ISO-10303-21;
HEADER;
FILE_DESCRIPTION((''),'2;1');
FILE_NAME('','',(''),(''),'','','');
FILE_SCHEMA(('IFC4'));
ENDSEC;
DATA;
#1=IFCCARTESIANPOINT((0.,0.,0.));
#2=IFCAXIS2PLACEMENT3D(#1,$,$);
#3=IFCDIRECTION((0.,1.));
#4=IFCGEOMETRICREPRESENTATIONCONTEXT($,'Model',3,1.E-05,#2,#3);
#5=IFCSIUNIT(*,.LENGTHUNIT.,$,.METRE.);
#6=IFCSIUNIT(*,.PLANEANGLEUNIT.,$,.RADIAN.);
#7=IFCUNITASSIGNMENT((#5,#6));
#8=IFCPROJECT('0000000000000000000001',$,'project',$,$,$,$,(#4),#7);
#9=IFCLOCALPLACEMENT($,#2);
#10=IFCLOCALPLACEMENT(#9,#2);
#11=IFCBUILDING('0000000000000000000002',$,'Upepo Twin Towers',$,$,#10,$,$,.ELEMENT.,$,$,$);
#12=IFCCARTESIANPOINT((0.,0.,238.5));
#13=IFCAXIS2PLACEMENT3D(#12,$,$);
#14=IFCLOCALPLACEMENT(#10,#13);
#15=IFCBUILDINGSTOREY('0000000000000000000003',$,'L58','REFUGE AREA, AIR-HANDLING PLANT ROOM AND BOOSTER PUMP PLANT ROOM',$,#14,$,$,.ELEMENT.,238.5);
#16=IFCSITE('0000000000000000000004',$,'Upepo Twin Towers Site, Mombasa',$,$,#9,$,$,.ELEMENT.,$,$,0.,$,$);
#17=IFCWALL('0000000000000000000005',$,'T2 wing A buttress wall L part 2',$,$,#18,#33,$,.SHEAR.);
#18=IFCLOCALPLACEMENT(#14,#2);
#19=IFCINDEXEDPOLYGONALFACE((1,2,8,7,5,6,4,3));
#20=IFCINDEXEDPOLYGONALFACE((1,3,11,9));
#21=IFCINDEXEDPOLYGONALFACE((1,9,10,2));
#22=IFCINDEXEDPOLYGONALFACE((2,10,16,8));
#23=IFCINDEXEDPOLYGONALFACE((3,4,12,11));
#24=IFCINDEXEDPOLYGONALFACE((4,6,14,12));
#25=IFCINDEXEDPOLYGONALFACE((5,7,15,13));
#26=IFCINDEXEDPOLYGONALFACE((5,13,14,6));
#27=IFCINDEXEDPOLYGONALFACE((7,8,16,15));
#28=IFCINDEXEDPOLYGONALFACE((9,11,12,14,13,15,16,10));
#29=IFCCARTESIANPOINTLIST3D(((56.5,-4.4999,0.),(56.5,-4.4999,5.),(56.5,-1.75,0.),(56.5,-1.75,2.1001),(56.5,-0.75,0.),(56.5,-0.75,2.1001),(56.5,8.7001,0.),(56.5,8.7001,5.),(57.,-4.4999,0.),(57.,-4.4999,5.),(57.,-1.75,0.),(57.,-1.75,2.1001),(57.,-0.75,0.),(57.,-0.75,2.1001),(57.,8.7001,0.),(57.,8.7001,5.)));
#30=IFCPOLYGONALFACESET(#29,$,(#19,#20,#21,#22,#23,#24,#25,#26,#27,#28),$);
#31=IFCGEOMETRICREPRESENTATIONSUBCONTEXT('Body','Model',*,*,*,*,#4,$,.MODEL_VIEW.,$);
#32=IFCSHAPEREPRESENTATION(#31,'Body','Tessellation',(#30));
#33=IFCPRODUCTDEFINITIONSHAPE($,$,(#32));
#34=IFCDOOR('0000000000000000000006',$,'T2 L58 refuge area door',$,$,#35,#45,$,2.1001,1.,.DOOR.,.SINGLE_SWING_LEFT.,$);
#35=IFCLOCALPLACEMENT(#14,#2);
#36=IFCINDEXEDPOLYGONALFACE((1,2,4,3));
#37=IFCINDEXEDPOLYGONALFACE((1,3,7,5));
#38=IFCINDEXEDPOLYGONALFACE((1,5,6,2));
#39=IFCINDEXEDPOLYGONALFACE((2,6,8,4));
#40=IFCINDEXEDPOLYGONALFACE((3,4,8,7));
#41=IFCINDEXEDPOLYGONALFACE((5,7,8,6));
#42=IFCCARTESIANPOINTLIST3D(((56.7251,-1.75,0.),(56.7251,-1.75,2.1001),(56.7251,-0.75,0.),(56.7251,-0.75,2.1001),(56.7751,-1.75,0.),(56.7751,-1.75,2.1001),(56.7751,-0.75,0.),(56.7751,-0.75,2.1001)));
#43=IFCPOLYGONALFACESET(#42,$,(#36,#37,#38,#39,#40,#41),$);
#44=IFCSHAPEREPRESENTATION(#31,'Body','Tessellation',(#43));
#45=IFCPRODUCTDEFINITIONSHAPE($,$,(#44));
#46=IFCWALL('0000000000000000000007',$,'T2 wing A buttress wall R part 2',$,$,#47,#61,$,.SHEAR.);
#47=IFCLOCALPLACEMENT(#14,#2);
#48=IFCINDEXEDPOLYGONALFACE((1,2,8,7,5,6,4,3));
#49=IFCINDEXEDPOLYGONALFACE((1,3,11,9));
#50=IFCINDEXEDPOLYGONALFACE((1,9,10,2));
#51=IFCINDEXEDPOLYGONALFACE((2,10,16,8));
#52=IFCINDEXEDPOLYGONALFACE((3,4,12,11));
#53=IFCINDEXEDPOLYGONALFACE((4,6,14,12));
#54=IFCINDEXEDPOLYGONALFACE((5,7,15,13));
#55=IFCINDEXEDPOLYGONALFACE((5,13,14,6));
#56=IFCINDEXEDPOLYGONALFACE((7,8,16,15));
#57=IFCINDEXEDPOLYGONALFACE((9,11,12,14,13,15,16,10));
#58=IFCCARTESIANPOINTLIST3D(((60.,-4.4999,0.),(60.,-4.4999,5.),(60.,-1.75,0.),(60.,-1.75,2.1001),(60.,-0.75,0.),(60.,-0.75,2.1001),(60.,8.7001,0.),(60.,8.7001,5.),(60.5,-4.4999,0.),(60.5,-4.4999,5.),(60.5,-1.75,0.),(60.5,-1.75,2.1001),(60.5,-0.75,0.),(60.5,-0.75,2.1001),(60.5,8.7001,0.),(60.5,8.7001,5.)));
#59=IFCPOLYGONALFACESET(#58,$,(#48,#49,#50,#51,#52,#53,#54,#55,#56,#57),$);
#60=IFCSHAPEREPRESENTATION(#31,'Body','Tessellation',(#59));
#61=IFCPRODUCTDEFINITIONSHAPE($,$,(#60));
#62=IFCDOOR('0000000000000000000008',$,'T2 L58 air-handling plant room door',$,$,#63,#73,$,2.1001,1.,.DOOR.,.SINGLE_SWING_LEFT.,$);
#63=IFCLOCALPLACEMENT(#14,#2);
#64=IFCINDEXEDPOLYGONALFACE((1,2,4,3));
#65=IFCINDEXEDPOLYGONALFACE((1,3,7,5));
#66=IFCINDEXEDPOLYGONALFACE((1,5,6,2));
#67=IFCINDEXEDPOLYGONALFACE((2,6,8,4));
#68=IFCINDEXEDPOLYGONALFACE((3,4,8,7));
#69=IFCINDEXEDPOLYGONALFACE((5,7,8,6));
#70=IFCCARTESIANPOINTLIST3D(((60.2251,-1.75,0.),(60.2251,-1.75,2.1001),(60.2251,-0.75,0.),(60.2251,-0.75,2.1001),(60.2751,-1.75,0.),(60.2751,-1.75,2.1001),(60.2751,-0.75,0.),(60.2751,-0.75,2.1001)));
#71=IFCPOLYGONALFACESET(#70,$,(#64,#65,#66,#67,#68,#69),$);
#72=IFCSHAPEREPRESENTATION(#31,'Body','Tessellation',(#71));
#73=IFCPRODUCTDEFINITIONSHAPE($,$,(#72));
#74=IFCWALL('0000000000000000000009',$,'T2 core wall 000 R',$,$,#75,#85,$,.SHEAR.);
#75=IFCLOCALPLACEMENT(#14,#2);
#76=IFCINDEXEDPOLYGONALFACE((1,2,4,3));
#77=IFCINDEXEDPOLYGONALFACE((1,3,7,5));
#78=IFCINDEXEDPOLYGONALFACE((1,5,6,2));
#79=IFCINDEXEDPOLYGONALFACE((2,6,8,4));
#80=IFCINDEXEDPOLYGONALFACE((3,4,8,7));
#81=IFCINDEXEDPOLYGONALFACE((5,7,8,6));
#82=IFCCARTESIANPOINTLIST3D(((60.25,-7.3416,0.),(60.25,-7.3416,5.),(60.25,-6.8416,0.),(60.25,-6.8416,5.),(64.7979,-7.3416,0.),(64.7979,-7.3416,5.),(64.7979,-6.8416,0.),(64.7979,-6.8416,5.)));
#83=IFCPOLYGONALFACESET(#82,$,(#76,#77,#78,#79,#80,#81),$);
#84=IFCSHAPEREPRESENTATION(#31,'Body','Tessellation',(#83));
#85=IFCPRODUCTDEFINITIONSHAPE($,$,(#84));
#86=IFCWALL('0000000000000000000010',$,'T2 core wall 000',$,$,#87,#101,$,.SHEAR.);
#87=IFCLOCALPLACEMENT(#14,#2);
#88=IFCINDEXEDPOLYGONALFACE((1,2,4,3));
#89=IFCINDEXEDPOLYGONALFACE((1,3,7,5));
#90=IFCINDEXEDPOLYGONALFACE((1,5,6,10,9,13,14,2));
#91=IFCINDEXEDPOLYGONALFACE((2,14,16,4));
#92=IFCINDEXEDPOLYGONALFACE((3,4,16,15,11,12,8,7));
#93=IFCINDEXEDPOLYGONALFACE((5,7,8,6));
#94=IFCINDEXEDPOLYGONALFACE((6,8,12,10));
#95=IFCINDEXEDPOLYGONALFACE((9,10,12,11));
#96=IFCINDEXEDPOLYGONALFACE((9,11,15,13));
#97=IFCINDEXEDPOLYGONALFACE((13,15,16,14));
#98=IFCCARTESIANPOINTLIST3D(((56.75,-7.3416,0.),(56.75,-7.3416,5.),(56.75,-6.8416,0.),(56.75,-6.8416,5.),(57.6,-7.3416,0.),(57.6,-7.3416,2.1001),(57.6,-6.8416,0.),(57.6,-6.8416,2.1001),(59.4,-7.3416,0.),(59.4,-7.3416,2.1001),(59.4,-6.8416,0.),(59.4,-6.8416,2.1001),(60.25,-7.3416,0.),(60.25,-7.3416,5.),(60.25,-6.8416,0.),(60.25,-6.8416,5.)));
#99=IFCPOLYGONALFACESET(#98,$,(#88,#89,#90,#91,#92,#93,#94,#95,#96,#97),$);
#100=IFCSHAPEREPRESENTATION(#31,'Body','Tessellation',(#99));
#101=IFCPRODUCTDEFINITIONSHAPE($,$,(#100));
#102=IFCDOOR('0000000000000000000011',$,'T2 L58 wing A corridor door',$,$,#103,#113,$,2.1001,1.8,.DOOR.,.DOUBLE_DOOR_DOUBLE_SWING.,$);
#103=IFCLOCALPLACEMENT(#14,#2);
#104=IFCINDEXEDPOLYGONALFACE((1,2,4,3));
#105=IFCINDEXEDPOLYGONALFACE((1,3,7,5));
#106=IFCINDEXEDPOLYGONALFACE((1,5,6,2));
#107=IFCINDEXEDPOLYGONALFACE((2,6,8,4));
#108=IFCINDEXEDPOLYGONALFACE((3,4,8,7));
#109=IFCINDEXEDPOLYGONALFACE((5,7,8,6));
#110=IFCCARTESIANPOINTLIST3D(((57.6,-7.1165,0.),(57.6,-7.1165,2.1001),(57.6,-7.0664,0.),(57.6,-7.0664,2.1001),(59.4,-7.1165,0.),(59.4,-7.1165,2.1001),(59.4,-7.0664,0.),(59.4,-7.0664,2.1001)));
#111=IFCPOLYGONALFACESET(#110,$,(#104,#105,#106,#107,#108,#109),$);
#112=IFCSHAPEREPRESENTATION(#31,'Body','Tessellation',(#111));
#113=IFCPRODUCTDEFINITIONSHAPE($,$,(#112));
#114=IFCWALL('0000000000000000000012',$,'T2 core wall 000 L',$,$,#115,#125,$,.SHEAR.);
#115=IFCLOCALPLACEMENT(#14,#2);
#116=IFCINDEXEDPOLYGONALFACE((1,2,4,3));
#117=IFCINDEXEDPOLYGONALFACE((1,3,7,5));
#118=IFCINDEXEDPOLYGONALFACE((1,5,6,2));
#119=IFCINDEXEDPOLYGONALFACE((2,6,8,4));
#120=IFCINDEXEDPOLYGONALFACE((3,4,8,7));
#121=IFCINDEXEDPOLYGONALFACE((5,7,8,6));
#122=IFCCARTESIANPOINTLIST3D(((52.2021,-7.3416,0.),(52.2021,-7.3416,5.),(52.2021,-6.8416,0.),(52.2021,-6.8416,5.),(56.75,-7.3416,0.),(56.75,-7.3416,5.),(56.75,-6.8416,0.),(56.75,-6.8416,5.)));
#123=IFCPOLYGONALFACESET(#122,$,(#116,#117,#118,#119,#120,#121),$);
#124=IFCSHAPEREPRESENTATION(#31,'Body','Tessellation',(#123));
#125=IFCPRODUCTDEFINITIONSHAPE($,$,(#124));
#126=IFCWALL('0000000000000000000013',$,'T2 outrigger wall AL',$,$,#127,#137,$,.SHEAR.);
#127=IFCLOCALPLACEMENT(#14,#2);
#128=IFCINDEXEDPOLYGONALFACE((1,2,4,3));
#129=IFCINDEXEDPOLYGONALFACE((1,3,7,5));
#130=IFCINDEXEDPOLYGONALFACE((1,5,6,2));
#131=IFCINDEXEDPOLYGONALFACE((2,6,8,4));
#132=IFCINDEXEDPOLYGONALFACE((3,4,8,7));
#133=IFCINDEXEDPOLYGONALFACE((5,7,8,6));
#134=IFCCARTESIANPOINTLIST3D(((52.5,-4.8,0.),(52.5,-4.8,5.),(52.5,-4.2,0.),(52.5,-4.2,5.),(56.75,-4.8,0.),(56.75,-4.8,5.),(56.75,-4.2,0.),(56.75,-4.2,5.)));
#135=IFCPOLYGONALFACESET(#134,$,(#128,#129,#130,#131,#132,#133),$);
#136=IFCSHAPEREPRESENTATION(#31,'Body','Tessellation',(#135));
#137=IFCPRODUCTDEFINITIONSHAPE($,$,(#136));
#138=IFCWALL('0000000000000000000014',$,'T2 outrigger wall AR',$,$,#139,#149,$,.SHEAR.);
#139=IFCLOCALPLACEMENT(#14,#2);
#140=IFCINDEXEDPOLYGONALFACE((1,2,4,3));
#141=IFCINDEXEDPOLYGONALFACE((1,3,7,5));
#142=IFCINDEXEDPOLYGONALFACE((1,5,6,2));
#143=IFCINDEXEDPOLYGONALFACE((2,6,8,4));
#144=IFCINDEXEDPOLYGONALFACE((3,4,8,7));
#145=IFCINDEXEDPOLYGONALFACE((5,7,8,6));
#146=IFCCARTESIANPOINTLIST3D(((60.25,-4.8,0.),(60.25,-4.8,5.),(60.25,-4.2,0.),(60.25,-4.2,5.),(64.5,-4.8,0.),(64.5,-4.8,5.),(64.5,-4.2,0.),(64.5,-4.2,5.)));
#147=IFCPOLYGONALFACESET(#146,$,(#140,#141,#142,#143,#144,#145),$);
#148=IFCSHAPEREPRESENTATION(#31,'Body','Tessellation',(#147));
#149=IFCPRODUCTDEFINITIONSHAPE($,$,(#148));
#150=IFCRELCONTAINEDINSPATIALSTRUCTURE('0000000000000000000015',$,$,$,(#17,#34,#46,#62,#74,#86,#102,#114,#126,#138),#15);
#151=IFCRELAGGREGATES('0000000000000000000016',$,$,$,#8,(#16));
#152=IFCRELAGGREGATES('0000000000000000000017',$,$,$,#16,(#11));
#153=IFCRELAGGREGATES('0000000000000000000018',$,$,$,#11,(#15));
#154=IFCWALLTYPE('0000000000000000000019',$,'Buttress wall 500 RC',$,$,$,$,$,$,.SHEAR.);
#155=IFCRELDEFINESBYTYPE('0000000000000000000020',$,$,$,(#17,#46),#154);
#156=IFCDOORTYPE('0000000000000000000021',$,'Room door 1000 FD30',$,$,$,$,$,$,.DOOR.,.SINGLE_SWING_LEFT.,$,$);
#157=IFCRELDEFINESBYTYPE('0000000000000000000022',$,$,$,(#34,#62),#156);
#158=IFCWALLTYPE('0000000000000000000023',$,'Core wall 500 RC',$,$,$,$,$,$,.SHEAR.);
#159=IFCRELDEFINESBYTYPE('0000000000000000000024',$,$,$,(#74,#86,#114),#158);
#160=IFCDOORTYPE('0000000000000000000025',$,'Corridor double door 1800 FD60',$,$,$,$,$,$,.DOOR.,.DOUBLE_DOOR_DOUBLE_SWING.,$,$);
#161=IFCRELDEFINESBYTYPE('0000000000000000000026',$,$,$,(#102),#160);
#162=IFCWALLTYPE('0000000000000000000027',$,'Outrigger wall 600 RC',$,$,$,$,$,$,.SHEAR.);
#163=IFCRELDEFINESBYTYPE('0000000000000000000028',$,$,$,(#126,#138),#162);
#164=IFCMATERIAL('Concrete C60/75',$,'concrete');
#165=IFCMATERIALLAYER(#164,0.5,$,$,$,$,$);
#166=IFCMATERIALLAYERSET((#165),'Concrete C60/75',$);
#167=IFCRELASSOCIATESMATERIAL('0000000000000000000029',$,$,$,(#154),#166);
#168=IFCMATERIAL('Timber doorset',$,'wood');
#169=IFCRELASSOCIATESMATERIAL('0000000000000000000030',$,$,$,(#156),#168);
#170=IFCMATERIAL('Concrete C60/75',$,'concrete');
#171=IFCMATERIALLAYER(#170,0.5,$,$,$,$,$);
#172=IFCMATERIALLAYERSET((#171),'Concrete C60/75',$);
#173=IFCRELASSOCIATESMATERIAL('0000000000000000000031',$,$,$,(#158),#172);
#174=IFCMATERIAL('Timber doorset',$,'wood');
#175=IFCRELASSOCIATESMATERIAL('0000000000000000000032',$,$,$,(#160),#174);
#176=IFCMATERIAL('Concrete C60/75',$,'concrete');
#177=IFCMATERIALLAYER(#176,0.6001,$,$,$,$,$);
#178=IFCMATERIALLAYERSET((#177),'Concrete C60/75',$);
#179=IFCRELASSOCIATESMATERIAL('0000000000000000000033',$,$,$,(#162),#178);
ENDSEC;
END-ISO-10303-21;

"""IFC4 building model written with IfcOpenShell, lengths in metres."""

from ifc_helpers import new_model, si_unit, direction, frame, frame_2d, origin, place, context, subcontext, project, spatial, rectangle, extrude, material, layer, layer_set, type_object, element, fill, save


model = new_model("IFC4")

# Units and contexts
model_context = context("Model", 3, precision=1e-05, world=origin(), true_north=direction((0.0, 1.0)))
body_context = subcontext(model_context, "Body", "Model", "MODEL_VIEW")
ifc_project = project(units=[si_unit("LENGTHUNIT", "METRE"), si_unit("PLANEANGLEUNIT", "RADIAN")], contexts=[model_context])

# Site, building, storey
site_placement = place(None, origin())
site = spatial("IfcSite", under=ifc_project, at=site_placement, Name="Upepo Twin Towers Site, Mombasa", CompositionType="ELEMENT", RefElevation=0.0)
building_placement = place(site_placement, origin())
building = spatial("IfcBuilding", under=site, at=building_placement, Name="Upepo Twin Towers", CompositionType="ELEMENT")
storey_placement = place(building_placement, frame((0.0, 0.0, 238.5)))
storey = spatial("IfcBuildingStorey", under=building, at=storey_placement, Name="L58", Description="REFUGE AREA, AIR-HANDLING PLANT ROOM AND BOOSTER PUMP PLANT ROOM", CompositionType="ELEMENT", Elevation=238.5)

# Walls, openings, doors
ifc_material_1 = material(Name="Concrete C60/75", Category="concrete")
ifc_layer_1 = layer(ifc_material_1, 0.5)
ifc_layer_set_1 = layer_set([ifc_layer_1], Name="Concrete C60/75")
wall_type_1 = type_object("IfcWallType", Name="Buttress wall 500 RC", PredefinedType="SHEAR", material=ifc_layer_set_1)
wall_1_placement = place(storey_placement, frame((56.75, -4.5, 0.0), z_axis=(0.0, 0.0, 1.0), x_axis=(0.0, 1.0, 0.0)))
wall_1 = element("IfcWall", 1, at=wall_1_placement, inside=storey, type_object=wall_type_1, Name="T2 wing A buttress wall L part 2", PredefinedType="SHEAR", context=body_context, shape_type="SweptSolid", body=[
    extrude(rectangle(XDim=13.2, YDim=0.5, at=frame_2d((6.6001, 0.0))), origin(), (0.0, 0.0, 1.0), 5.0),
])
opening_1_placement = place(wall_1_placement, frame((2.75, 0.0, 0.0)))
opening_1 = element("IfcOpeningElement", 2, at=opening_1_placement, cuts=wall_1, PredefinedType="OPENING", context=body_context, shape_type="SweptSolid", body=[
    extrude(rectangle(XDim=1.0, YDim=2.1001, at=frame_2d((0.5, 1.05))), frame((0.0, 0.26, 0.0), z_axis=(0.0, -1.0, 0.0), x_axis=(1.0, 0.0, 0.0)), (0.0, 0.0, 1.0), 0.52),
])
ifc_material_2 = material(Name="Timber doorset", Category="wood")
door_type_1 = type_object("IfcDoorType", Name="Room door 1000 FD30", OperationType="SINGLE_SWING_LEFT", PredefinedType="DOOR", material=ifc_material_2)
door_1_placement = place(opening_1_placement, origin())
door_1 = element("IfcDoor", 3, at=door_1_placement, inside=storey, type_object=door_type_1, Name="T2 L58 refuge area door", OperationType="SINGLE_SWING_LEFT", OverallHeight=2.1001, OverallWidth=1.0, PredefinedType="DOOR", context=body_context, shape_type="SweptSolid", body=[
    extrude(rectangle(XDim=1.0, YDim=2.1001, at=frame_2d((0.5, 1.05))), frame((0.0, 0.0249, 0.0), z_axis=(0.0, -1.0, 0.0), x_axis=(1.0, 0.0, 0.0)), (0.0, 0.0, 1.0), 0.05),
])
fill(opening_1, door_1)
wall_2_placement = place(storey_placement, frame((60.25, -4.5, 0.0), z_axis=(0.0, 0.0, 1.0), x_axis=(0.0, 1.0, 0.0)))
wall_2 = element("IfcWall", 4, at=wall_2_placement, inside=storey, type_object=wall_type_1, Name="T2 wing A buttress wall R part 2", PredefinedType="SHEAR", context=body_context, shape_type="SweptSolid", body=[
    extrude(rectangle(XDim=13.2, YDim=0.5, at=frame_2d((6.6001, 0.0))), origin(), (0.0, 0.0, 1.0), 5.0),
])
opening_2_placement = place(wall_2_placement, frame((2.75, 0.0, 0.0)))
opening_2 = element("IfcOpeningElement", 5, at=opening_2_placement, cuts=wall_2, PredefinedType="OPENING", context=body_context, shape_type="SweptSolid", body=[
    extrude(rectangle(XDim=1.0, YDim=2.1001, at=frame_2d((0.5, 1.05))), frame((0.0, 0.26, 0.0), z_axis=(0.0, -1.0, 0.0), x_axis=(1.0, 0.0, 0.0)), (0.0, 0.0, 1.0), 0.52),
])
door_2_placement = place(opening_2_placement, origin())
door_2 = element("IfcDoor", 6, at=door_2_placement, inside=storey, type_object=door_type_1, Name="T2 L58 air-handling plant room door", OperationType="SINGLE_SWING_LEFT", OverallHeight=2.1001, OverallWidth=1.0, PredefinedType="DOOR", context=body_context, shape_type="SweptSolid", body=[
    extrude(rectangle(XDim=1.0, YDim=2.1001, at=frame_2d((0.5, 1.05))), frame((0.0, 0.0249, 0.0), z_axis=(0.0, -1.0, 0.0), x_axis=(1.0, 0.0, 0.0)), (0.0, 0.0, 1.0), 0.05),
])
fill(opening_2, door_2)

# Wall
ifc_material_3 = material(Name="Concrete C60/75", Category="concrete")
ifc_layer_2 = layer(ifc_material_3, 0.5)
ifc_layer_set_2 = layer_set([ifc_layer_2], Name="Concrete C60/75")
wall_type_2 = type_object("IfcWallType", Name="Core wall 500 RC", PredefinedType="SHEAR", material=ifc_layer_set_2)
wall_3_placement = place(storey_placement, frame((64.7979, -7.0916, 0.0), z_axis=(0.0, 0.0, 1.0), x_axis=(-1.0, 0.0, 0.0)))
element("IfcWall", 7, at=wall_3_placement, inside=storey, type_object=wall_type_2, Name="T2 core wall 000 R", PredefinedType="SHEAR", context=body_context, shape_type="SweptSolid", body=[
    extrude(rectangle(XDim=4.5479, YDim=0.5, at=frame_2d((2.2739, 0.0))), origin(), (0.0, 0.0, 1.0), 5.0),
])

# Wall, opening, door
wall_4_placement = place(storey_placement, frame((60.25, -7.0916, 0.0), z_axis=(0.0, 0.0, 1.0), x_axis=(-1.0, 0.0, 0.0)))
wall_4 = element("IfcWall", 8, at=wall_4_placement, inside=storey, type_object=wall_type_2, Name="T2 core wall 000", PredefinedType="SHEAR", context=body_context, shape_type="SweptSolid", body=[
    extrude(rectangle(XDim=3.5, YDim=0.5, at=frame_2d((1.75, 0.0))), origin(), (0.0, 0.0, 1.0), 5.0),
])
opening_3_placement = place(wall_4_placement, frame((0.8501, 0.0, 0.0)))
opening_3 = element("IfcOpeningElement", 9, at=opening_3_placement, cuts=wall_4, PredefinedType="OPENING", context=body_context, shape_type="SweptSolid", body=[
    extrude(rectangle(XDim=1.8, YDim=2.1001, at=frame_2d((0.8999, 1.05))), frame((0.0, 0.26, 0.0), z_axis=(0.0, -1.0, 0.0), x_axis=(1.0, 0.0, 0.0)), (0.0, 0.0, 1.0), 0.52),
])
ifc_material_4 = material(Name="Timber doorset", Category="wood")
door_type_2 = type_object("IfcDoorType", Name="Corridor double door 1800 FD60", OperationType="DOUBLE_DOOR_DOUBLE_SWING", PredefinedType="DOOR", material=ifc_material_4)
door_3_placement = place(opening_3_placement, origin())
door_3 = element("IfcDoor", 10, at=door_3_placement, inside=storey, type_object=door_type_2, Name="T2 L58 wing A corridor door", OperationType="DOUBLE_DOOR_DOUBLE_SWING", OverallHeight=2.1001, OverallWidth=1.8, PredefinedType="DOOR", context=body_context, shape_type="SweptSolid", body=[
    extrude(rectangle(XDim=1.8, YDim=2.1001, at=frame_2d((0.8999, 1.05))), frame((0.0, 0.0249, 0.0), z_axis=(0.0, -1.0, 0.0), x_axis=(1.0, 0.0, 0.0)), (0.0, 0.0, 1.0), 0.05),
])
fill(opening_3, door_3)

# Walls
wall_5_placement = place(storey_placement, frame((56.75, -7.0916, 0.0), z_axis=(0.0, 0.0, 1.0), x_axis=(-1.0, 0.0, 0.0)))
element("IfcWall", 11, at=wall_5_placement, inside=storey, type_object=wall_type_2, Name="T2 core wall 000 L", PredefinedType="SHEAR", context=body_context, shape_type="SweptSolid", body=[
    extrude(rectangle(XDim=4.5479, YDim=0.5, at=frame_2d((2.2739, 0.0))), origin(), (0.0, 0.0, 1.0), 5.0),
])
ifc_material_5 = material(Name="Concrete C60/75", Category="concrete")
ifc_layer_3 = layer(ifc_material_5, 0.6001)
ifc_layer_set_3 = layer_set([ifc_layer_3], Name="Concrete C60/75")
wall_type_3 = type_object("IfcWallType", Name="Outrigger wall 600 RC", PredefinedType="SHEAR", material=ifc_layer_set_3)
for number, where, z_axis, x_axis, name in (
    (12, (56.75, -4.5, 0.0), (0.0, 0.0, 1.0), (-1.0, 0.0, 0.0), "T2 outrigger wall AL"),
    (13, (60.25, -4.5, 0.0), (0.0, 0.0, 1.0), (1.0, 0.0, 0.0), "T2 outrigger wall AR"),
):
    element("IfcWall", number, at=place(storey_placement, frame(where, z_axis=z_axis, x_axis=x_axis)), inside=storey, type_object=wall_type_3, Name=name, PredefinedType="SHEAR", context=body_context, shape_type="SweptSolid", body=[
        extrude(rectangle(XDim=4.25, YDim=0.6001, at=frame_2d((2.125, 0.0))), origin(), (0.0, 0.0, 1.0), 5.0),
    ])

save(model, "model.ifc")
